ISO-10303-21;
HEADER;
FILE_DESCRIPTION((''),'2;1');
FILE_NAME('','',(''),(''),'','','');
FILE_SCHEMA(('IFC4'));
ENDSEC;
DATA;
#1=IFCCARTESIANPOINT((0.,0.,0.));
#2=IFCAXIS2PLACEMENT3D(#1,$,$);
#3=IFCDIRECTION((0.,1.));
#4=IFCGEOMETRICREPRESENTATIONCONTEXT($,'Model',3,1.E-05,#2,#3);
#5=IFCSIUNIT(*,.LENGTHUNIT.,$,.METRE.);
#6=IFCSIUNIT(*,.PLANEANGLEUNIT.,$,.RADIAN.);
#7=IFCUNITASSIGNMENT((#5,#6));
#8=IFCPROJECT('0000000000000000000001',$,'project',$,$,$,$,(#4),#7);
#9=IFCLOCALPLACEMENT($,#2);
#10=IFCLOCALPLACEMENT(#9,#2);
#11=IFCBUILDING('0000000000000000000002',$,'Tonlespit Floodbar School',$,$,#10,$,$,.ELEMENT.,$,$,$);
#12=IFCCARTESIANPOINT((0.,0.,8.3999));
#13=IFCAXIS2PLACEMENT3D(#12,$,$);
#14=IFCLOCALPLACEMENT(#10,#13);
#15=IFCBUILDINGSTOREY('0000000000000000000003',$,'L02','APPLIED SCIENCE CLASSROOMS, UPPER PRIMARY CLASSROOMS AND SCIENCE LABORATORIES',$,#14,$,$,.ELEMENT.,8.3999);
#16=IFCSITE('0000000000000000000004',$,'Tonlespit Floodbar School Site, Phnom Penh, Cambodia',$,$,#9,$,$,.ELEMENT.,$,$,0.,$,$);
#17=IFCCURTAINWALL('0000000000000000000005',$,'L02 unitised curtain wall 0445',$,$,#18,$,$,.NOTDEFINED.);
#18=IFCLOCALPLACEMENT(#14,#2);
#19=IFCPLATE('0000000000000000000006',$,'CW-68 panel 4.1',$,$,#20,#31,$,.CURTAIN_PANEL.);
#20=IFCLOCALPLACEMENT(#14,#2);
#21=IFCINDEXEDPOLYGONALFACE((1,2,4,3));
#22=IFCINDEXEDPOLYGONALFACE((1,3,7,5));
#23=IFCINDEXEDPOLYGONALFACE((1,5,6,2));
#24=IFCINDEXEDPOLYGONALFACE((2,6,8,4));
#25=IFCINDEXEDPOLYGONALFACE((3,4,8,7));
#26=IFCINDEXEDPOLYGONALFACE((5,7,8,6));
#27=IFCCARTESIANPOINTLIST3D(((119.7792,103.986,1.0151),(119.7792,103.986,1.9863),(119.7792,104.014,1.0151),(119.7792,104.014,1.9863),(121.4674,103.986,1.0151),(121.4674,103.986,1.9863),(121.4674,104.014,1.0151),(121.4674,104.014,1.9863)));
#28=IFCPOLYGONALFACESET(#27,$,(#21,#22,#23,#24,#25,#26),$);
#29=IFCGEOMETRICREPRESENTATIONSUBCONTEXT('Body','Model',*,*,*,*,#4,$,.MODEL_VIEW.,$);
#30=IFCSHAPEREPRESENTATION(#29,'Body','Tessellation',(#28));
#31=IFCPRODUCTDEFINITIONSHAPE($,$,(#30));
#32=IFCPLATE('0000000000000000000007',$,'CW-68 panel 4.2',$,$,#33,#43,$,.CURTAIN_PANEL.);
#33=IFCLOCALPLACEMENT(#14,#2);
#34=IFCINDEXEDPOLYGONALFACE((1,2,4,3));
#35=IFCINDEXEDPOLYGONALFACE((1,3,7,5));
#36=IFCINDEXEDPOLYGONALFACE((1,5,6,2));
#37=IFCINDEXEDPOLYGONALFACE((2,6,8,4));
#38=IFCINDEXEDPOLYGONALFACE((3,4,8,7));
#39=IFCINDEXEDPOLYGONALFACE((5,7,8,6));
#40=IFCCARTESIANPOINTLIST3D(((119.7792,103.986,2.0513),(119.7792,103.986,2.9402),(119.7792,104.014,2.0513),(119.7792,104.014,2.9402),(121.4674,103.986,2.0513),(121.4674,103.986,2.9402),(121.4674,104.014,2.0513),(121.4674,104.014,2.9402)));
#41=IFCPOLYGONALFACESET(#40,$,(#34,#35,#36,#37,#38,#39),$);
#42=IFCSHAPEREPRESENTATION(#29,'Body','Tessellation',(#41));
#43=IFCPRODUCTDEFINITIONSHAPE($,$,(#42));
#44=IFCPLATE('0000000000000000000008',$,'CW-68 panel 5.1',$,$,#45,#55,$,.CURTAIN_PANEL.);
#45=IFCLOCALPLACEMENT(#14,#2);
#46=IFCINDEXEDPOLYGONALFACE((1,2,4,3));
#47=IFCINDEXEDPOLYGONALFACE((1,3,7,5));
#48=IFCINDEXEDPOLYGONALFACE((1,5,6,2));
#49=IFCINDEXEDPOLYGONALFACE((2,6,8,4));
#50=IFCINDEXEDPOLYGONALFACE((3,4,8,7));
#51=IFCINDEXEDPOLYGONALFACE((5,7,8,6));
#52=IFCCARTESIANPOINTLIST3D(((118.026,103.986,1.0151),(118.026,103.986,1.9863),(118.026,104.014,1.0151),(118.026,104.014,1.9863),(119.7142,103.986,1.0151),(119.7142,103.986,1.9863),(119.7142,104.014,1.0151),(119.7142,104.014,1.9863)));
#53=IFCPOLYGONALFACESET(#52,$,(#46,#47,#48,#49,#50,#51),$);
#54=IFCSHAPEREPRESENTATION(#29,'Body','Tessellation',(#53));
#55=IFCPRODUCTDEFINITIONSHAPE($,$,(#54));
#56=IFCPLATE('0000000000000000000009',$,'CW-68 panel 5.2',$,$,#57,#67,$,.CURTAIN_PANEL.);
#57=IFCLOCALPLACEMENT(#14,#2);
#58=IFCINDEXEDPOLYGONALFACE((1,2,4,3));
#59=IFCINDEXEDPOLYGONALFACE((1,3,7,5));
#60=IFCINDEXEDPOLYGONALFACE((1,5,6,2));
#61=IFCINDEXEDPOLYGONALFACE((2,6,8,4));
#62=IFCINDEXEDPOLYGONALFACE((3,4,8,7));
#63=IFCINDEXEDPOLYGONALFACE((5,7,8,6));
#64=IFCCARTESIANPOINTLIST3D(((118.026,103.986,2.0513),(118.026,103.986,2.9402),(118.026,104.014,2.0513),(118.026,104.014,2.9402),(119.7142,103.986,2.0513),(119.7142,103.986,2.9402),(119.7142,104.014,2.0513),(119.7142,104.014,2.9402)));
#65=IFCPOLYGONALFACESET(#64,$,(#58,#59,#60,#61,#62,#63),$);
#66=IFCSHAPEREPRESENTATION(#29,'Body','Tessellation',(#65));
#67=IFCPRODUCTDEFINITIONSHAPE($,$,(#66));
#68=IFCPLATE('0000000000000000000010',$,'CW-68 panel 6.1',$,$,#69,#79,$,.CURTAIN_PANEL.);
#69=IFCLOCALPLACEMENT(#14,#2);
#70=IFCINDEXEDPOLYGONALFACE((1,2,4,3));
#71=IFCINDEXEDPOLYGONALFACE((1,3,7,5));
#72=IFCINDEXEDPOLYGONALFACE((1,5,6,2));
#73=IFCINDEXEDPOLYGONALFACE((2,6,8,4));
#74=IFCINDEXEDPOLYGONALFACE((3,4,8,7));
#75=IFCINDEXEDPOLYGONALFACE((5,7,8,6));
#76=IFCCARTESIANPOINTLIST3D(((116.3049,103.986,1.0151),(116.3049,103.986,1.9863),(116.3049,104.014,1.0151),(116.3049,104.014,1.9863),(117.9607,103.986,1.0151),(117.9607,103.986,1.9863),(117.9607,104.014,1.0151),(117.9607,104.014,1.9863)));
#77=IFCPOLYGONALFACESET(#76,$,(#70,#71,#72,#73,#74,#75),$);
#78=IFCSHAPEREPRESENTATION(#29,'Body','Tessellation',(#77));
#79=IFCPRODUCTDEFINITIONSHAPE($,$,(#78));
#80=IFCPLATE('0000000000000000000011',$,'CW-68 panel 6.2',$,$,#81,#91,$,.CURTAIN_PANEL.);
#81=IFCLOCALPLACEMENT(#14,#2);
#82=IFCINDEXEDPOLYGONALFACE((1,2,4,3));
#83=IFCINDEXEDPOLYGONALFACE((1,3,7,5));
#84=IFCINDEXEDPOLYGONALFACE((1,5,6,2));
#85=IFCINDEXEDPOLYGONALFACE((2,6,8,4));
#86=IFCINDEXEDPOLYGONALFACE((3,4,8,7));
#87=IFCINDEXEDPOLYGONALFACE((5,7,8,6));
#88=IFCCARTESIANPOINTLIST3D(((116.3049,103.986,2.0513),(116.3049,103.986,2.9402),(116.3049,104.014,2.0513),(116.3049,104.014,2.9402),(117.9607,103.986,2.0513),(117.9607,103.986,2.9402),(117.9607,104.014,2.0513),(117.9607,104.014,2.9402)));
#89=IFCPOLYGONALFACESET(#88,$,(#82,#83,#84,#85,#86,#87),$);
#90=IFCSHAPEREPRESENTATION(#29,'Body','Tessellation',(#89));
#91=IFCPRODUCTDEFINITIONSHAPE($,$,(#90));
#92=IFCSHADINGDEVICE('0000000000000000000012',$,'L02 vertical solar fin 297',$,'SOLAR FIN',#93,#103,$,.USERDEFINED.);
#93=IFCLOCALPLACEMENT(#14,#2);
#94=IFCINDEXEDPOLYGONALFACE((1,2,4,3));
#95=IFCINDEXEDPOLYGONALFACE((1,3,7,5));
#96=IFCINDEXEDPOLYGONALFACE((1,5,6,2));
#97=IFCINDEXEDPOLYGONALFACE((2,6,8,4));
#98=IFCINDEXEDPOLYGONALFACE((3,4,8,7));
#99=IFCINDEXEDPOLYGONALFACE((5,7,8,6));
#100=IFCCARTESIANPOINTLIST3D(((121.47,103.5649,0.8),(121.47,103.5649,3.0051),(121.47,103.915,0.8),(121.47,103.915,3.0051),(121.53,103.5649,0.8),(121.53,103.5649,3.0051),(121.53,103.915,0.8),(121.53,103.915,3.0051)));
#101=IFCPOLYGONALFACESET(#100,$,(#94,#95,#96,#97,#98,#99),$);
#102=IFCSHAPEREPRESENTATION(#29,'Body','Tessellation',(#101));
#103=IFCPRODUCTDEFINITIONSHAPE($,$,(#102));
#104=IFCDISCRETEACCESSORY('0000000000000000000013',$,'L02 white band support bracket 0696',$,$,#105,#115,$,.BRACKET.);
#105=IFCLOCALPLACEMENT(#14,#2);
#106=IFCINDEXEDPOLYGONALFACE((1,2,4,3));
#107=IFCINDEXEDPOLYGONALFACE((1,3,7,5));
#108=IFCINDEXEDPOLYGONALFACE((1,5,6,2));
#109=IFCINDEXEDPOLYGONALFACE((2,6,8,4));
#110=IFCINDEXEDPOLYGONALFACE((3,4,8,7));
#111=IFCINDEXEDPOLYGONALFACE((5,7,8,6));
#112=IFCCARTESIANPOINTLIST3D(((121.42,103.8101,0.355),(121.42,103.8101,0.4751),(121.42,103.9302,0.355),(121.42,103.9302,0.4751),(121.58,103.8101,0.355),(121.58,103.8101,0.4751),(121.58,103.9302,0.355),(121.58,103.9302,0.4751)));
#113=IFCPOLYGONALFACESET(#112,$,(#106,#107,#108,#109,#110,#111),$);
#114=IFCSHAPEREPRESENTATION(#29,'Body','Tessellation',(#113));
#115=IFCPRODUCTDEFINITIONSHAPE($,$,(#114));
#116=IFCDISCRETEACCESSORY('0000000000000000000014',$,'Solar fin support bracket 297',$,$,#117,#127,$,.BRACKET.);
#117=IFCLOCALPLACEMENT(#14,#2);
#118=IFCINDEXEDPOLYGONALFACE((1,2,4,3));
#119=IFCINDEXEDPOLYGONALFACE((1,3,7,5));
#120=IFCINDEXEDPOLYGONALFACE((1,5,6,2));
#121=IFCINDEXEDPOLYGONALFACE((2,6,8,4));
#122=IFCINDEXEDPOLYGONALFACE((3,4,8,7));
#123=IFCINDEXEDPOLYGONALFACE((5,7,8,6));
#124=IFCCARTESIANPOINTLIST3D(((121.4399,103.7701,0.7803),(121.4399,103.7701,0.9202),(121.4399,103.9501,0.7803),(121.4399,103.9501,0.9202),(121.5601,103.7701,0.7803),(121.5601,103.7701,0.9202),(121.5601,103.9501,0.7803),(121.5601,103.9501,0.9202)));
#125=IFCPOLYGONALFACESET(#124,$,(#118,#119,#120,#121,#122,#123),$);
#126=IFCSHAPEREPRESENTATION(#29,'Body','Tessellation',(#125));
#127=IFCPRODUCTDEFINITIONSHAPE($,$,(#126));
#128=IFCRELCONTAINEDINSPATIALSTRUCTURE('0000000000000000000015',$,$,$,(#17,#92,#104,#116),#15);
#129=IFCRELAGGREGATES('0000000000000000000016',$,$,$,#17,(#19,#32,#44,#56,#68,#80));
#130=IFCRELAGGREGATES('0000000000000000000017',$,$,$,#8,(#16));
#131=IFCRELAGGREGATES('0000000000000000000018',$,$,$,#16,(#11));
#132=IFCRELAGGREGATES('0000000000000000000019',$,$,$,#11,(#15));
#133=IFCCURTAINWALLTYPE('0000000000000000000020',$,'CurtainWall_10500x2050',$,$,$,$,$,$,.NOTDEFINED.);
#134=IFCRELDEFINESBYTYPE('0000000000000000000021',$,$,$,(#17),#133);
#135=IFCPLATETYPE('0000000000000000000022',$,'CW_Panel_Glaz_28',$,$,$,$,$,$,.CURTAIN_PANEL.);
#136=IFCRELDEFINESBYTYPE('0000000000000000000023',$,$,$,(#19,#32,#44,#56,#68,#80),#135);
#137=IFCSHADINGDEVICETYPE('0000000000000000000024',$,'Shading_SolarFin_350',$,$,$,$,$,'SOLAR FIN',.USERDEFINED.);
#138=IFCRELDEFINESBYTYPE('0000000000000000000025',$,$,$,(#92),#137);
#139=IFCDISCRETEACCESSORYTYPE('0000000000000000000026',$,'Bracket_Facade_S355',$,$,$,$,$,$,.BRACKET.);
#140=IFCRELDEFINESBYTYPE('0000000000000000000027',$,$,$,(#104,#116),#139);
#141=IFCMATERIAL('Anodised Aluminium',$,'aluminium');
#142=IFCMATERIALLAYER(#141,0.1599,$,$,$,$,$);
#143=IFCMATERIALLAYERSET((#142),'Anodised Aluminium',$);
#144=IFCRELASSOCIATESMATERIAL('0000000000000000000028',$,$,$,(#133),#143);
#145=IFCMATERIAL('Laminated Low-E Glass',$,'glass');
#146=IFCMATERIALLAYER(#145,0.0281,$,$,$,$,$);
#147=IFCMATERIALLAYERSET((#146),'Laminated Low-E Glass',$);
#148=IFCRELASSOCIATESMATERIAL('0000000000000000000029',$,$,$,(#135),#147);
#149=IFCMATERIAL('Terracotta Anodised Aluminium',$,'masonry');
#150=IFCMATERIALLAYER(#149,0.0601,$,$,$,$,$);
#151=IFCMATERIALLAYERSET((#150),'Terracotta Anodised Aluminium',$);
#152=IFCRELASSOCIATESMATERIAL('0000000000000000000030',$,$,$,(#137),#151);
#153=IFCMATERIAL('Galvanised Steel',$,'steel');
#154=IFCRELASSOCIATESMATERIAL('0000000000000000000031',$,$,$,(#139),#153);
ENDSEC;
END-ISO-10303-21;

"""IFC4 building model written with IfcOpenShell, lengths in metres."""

from ifc_helpers import new_model, si_unit, direction, frame, origin, origin_2d, place, context, subcontext, project, spatial, rectangle, extrude, material, layer, layer_set, type_object, element, aggregate, save


model = new_model("IFC4")

# Units and contexts
model_context = context("Model", 3, precision=1e-05, world=origin(), true_north=direction((0.0, 1.0)))
body_context = subcontext(model_context, "Body", "Model", "MODEL_VIEW")
ifc_project = project(units=[si_unit("LENGTHUNIT", "METRE"), si_unit("PLANEANGLEUNIT", "RADIAN")], contexts=[model_context])

# Site, building, storey
site_placement = place(None, origin())
site = spatial("IfcSite", under=ifc_project, at=site_placement, Name="Tonlespit Floodbar School Site, Phnom Penh, Cambodia", CompositionType="ELEMENT", RefElevation=0.0)
building_placement = place(site_placement, origin())
building = spatial("IfcBuilding", under=site, at=building_placement, Name="Tonlespit Floodbar School", CompositionType="ELEMENT")
storey_placement = place(building_placement, frame((0.0, 0.0, 8.3999)))
storey = spatial("IfcBuildingStorey", under=building, at=storey_placement, Name="L02", Description="APPLIED SCIENCE CLASSROOMS, UPPER PRIMARY CLASSROOMS AND SCIENCE LABORATORIES", CompositionType="ELEMENT", Elevation=8.3999)

# Curtain wall, plates
ifc_material_1 = material(Name="Anodised Aluminium", Category="aluminium")
ifc_layer_1 = layer(ifc_material_1, 0.1599)
ifc_layer_set_1 = layer_set([ifc_layer_1], Name="Anodised Aluminium")
curtain_wall_type = type_object("IfcCurtainWallType", Name="CurtainWall_10500x2050", PredefinedType="NOTDEFINED", material=ifc_layer_set_1)
curtain_wall_placement = place(storey_placement, origin())
curtain_wall = element("IfcCurtainWall", 1, at=curtain_wall_placement, inside=storey, type_object=curtain_wall_type, Name="L02 unitised curtain wall 0445", PredefinedType="NOTDEFINED")
ifc_material_2 = material(Name="Laminated Low-E Glass", Category="glass")
ifc_layer_2 = layer(ifc_material_2, 0.0281)
ifc_layer_set_2 = layer_set([ifc_layer_2], Name="Laminated Low-E Glass")
plate_type = type_object("IfcPlateType", Name="CW_Panel_Glaz_28", PredefinedType="CURTAIN_PANEL", material=ifc_layer_set_2)
plate_1_placement = place(storey_placement, frame((120.6233, 104.0, 1.0151), z_axis=(0.0, 0.0, 1.0), x_axis=(-1.0, 0.0, 0.0)))
plate_1 = element("IfcPlate", 2, at=plate_1_placement, type_object=plate_type, Name="CW-68 panel 4.1", PredefinedType="CURTAIN_PANEL", context=body_context, shape_type="SweptSolid", body=[
    extrude(rectangle(XDim=1.6882, YDim=0.0281, at=origin_2d()), origin(), (0.0, 0.0, 1.0), 0.9712),
])
plate_2_placement = place(storey_placement, frame((120.6233, 104.0, 2.0513), z_axis=(0.0, 0.0, 1.0), x_axis=(-1.0, 0.0, 0.0)))
plate_2 = element("IfcPlate", 3, at=plate_2_placement, type_object=plate_type, Name="CW-68 panel 4.2", PredefinedType="CURTAIN_PANEL", context=body_context, shape_type="SweptSolid", body=[
    extrude(rectangle(XDim=1.6882, YDim=0.0281, at=origin_2d()), origin(), (0.0, 0.0, 1.0), 0.8889),
])
plate_3_placement = place(storey_placement, frame((118.8701, 104.0, 1.0151), z_axis=(0.0, 0.0, 1.0), x_axis=(-1.0, 0.0, 0.0)))
plate_3 = element("IfcPlate", 4, at=plate_3_placement, type_object=plate_type, Name="CW-68 panel 5.1", PredefinedType="CURTAIN_PANEL", context=body_context, shape_type="SweptSolid", body=[
    extrude(rectangle(XDim=1.6882, YDim=0.0281, at=origin_2d()), origin(), (0.0, 0.0, 1.0), 0.9712),
])
plate_4_placement = place(storey_placement, frame((118.8701, 104.0, 2.0513), z_axis=(0.0, 0.0, 1.0), x_axis=(-1.0, 0.0, 0.0)))
plate_4 = element("IfcPlate", 5, at=plate_4_placement, type_object=plate_type, Name="CW-68 panel 5.2", PredefinedType="CURTAIN_PANEL", context=body_context, shape_type="SweptSolid", body=[
    extrude(rectangle(XDim=1.6882, YDim=0.0281, at=origin_2d()), origin(), (0.0, 0.0, 1.0), 0.8889),
])
plate_5_placement = place(storey_placement, frame((117.1328, 104.0, 1.0151), z_axis=(0.0, 0.0, 1.0), x_axis=(-1.0, 0.0, 0.0)))
plate_5 = element("IfcPlate", 6, at=plate_5_placement, type_object=plate_type, Name="CW-68 panel 6.1", PredefinedType="CURTAIN_PANEL", context=body_context, shape_type="SweptSolid", body=[
    extrude(rectangle(XDim=1.6558, YDim=0.0281, at=origin_2d()), origin(), (0.0, 0.0, 1.0), 0.9712),
])
plate_6_placement = place(storey_placement, frame((117.1328, 104.0, 2.0513), z_axis=(0.0, 0.0, 1.0), x_axis=(-1.0, 0.0, 0.0)))
plate_6 = element("IfcPlate", 7, at=plate_6_placement, type_object=plate_type, Name="CW-68 panel 6.2", PredefinedType="CURTAIN_PANEL", context=body_context, shape_type="SweptSolid", body=[
    extrude(rectangle(XDim=1.6558, YDim=0.0281, at=origin_2d()), origin(), (0.0, 0.0, 1.0), 0.8889),
])
aggregate(curtain_wall, [plate_1, plate_2, plate_3, plate_4, plate_5, plate_6])

# Shading device
ifc_material_3 = material(Name="Terracotta Anodised Aluminium", Category="masonry")
ifc_layer_3 = layer(ifc_material_3, 0.0601)
ifc_layer_set_3 = layer_set([ifc_layer_3], Name="Terracotta Anodised Aluminium")
shading_device_type = type_object("IfcShadingDeviceType", Name="Shading_SolarFin_350", ElementType="SOLAR FIN", PredefinedType="USERDEFINED", material=ifc_layer_set_3)
shading_device_placement = place(storey_placement, frame((121.5, 103.74, 0.8), z_axis=(0.0, 0.0, 1.0), x_axis=(-1.0, 0.0, 0.0)))
element("IfcShadingDevice", 8, at=shading_device_placement, inside=storey, type_object=shading_device_type, Name="L02 vertical solar fin 297", ObjectType="SOLAR FIN", PredefinedType="USERDEFINED", context=body_context, shape_type="SweptSolid", body=[
    extrude(rectangle(XDim=0.0601, YDim=0.3501, at=origin_2d()), origin(), (0.0, 0.0, 1.0), 2.2051),
])

# Discrete accessories
ifc_material_4 = material(Name="Galvanised Steel", Category="steel")
discrete_accessory_type = type_object("IfcDiscreteAccessoryType", Name="Bracket_Facade_S355", PredefinedType="BRACKET", material=ifc_material_4)
discrete_accessory_1_placement = place(storey_placement, frame((121.5, 103.8701, 0.355), z_axis=(0.0, 0.0, 1.0), x_axis=(-1.0, 0.0, 0.0)))
element("IfcDiscreteAccessory", 9, at=discrete_accessory_1_placement, inside=storey, type_object=discrete_accessory_type, Name="L02 white band support bracket 0696", PredefinedType="BRACKET", context=body_context, shape_type="SweptSolid", body=[
    extrude(rectangle(XDim=0.1599, YDim=0.1201, at=origin_2d()), origin(), (0.0, 0.0, 1.0), 0.1201),
])
discrete_accessory_2_placement = place(storey_placement, frame((121.5, 103.8601, 0.7803), z_axis=(0.0, 0.0, 1.0), x_axis=(-1.0, 0.0, 0.0)))
element("IfcDiscreteAccessory", 10, at=discrete_accessory_2_placement, inside=storey, type_object=discrete_accessory_type, Name="Solar fin support bracket 297", PredefinedType="BRACKET", context=body_context, shape_type="SweptSolid", body=[
    extrude(rectangle(XDim=0.1201, YDim=0.1799, at=origin_2d()), origin(), (0.0, 0.0, 1.0), 0.1399),
])

save(model, "model.ifc")
